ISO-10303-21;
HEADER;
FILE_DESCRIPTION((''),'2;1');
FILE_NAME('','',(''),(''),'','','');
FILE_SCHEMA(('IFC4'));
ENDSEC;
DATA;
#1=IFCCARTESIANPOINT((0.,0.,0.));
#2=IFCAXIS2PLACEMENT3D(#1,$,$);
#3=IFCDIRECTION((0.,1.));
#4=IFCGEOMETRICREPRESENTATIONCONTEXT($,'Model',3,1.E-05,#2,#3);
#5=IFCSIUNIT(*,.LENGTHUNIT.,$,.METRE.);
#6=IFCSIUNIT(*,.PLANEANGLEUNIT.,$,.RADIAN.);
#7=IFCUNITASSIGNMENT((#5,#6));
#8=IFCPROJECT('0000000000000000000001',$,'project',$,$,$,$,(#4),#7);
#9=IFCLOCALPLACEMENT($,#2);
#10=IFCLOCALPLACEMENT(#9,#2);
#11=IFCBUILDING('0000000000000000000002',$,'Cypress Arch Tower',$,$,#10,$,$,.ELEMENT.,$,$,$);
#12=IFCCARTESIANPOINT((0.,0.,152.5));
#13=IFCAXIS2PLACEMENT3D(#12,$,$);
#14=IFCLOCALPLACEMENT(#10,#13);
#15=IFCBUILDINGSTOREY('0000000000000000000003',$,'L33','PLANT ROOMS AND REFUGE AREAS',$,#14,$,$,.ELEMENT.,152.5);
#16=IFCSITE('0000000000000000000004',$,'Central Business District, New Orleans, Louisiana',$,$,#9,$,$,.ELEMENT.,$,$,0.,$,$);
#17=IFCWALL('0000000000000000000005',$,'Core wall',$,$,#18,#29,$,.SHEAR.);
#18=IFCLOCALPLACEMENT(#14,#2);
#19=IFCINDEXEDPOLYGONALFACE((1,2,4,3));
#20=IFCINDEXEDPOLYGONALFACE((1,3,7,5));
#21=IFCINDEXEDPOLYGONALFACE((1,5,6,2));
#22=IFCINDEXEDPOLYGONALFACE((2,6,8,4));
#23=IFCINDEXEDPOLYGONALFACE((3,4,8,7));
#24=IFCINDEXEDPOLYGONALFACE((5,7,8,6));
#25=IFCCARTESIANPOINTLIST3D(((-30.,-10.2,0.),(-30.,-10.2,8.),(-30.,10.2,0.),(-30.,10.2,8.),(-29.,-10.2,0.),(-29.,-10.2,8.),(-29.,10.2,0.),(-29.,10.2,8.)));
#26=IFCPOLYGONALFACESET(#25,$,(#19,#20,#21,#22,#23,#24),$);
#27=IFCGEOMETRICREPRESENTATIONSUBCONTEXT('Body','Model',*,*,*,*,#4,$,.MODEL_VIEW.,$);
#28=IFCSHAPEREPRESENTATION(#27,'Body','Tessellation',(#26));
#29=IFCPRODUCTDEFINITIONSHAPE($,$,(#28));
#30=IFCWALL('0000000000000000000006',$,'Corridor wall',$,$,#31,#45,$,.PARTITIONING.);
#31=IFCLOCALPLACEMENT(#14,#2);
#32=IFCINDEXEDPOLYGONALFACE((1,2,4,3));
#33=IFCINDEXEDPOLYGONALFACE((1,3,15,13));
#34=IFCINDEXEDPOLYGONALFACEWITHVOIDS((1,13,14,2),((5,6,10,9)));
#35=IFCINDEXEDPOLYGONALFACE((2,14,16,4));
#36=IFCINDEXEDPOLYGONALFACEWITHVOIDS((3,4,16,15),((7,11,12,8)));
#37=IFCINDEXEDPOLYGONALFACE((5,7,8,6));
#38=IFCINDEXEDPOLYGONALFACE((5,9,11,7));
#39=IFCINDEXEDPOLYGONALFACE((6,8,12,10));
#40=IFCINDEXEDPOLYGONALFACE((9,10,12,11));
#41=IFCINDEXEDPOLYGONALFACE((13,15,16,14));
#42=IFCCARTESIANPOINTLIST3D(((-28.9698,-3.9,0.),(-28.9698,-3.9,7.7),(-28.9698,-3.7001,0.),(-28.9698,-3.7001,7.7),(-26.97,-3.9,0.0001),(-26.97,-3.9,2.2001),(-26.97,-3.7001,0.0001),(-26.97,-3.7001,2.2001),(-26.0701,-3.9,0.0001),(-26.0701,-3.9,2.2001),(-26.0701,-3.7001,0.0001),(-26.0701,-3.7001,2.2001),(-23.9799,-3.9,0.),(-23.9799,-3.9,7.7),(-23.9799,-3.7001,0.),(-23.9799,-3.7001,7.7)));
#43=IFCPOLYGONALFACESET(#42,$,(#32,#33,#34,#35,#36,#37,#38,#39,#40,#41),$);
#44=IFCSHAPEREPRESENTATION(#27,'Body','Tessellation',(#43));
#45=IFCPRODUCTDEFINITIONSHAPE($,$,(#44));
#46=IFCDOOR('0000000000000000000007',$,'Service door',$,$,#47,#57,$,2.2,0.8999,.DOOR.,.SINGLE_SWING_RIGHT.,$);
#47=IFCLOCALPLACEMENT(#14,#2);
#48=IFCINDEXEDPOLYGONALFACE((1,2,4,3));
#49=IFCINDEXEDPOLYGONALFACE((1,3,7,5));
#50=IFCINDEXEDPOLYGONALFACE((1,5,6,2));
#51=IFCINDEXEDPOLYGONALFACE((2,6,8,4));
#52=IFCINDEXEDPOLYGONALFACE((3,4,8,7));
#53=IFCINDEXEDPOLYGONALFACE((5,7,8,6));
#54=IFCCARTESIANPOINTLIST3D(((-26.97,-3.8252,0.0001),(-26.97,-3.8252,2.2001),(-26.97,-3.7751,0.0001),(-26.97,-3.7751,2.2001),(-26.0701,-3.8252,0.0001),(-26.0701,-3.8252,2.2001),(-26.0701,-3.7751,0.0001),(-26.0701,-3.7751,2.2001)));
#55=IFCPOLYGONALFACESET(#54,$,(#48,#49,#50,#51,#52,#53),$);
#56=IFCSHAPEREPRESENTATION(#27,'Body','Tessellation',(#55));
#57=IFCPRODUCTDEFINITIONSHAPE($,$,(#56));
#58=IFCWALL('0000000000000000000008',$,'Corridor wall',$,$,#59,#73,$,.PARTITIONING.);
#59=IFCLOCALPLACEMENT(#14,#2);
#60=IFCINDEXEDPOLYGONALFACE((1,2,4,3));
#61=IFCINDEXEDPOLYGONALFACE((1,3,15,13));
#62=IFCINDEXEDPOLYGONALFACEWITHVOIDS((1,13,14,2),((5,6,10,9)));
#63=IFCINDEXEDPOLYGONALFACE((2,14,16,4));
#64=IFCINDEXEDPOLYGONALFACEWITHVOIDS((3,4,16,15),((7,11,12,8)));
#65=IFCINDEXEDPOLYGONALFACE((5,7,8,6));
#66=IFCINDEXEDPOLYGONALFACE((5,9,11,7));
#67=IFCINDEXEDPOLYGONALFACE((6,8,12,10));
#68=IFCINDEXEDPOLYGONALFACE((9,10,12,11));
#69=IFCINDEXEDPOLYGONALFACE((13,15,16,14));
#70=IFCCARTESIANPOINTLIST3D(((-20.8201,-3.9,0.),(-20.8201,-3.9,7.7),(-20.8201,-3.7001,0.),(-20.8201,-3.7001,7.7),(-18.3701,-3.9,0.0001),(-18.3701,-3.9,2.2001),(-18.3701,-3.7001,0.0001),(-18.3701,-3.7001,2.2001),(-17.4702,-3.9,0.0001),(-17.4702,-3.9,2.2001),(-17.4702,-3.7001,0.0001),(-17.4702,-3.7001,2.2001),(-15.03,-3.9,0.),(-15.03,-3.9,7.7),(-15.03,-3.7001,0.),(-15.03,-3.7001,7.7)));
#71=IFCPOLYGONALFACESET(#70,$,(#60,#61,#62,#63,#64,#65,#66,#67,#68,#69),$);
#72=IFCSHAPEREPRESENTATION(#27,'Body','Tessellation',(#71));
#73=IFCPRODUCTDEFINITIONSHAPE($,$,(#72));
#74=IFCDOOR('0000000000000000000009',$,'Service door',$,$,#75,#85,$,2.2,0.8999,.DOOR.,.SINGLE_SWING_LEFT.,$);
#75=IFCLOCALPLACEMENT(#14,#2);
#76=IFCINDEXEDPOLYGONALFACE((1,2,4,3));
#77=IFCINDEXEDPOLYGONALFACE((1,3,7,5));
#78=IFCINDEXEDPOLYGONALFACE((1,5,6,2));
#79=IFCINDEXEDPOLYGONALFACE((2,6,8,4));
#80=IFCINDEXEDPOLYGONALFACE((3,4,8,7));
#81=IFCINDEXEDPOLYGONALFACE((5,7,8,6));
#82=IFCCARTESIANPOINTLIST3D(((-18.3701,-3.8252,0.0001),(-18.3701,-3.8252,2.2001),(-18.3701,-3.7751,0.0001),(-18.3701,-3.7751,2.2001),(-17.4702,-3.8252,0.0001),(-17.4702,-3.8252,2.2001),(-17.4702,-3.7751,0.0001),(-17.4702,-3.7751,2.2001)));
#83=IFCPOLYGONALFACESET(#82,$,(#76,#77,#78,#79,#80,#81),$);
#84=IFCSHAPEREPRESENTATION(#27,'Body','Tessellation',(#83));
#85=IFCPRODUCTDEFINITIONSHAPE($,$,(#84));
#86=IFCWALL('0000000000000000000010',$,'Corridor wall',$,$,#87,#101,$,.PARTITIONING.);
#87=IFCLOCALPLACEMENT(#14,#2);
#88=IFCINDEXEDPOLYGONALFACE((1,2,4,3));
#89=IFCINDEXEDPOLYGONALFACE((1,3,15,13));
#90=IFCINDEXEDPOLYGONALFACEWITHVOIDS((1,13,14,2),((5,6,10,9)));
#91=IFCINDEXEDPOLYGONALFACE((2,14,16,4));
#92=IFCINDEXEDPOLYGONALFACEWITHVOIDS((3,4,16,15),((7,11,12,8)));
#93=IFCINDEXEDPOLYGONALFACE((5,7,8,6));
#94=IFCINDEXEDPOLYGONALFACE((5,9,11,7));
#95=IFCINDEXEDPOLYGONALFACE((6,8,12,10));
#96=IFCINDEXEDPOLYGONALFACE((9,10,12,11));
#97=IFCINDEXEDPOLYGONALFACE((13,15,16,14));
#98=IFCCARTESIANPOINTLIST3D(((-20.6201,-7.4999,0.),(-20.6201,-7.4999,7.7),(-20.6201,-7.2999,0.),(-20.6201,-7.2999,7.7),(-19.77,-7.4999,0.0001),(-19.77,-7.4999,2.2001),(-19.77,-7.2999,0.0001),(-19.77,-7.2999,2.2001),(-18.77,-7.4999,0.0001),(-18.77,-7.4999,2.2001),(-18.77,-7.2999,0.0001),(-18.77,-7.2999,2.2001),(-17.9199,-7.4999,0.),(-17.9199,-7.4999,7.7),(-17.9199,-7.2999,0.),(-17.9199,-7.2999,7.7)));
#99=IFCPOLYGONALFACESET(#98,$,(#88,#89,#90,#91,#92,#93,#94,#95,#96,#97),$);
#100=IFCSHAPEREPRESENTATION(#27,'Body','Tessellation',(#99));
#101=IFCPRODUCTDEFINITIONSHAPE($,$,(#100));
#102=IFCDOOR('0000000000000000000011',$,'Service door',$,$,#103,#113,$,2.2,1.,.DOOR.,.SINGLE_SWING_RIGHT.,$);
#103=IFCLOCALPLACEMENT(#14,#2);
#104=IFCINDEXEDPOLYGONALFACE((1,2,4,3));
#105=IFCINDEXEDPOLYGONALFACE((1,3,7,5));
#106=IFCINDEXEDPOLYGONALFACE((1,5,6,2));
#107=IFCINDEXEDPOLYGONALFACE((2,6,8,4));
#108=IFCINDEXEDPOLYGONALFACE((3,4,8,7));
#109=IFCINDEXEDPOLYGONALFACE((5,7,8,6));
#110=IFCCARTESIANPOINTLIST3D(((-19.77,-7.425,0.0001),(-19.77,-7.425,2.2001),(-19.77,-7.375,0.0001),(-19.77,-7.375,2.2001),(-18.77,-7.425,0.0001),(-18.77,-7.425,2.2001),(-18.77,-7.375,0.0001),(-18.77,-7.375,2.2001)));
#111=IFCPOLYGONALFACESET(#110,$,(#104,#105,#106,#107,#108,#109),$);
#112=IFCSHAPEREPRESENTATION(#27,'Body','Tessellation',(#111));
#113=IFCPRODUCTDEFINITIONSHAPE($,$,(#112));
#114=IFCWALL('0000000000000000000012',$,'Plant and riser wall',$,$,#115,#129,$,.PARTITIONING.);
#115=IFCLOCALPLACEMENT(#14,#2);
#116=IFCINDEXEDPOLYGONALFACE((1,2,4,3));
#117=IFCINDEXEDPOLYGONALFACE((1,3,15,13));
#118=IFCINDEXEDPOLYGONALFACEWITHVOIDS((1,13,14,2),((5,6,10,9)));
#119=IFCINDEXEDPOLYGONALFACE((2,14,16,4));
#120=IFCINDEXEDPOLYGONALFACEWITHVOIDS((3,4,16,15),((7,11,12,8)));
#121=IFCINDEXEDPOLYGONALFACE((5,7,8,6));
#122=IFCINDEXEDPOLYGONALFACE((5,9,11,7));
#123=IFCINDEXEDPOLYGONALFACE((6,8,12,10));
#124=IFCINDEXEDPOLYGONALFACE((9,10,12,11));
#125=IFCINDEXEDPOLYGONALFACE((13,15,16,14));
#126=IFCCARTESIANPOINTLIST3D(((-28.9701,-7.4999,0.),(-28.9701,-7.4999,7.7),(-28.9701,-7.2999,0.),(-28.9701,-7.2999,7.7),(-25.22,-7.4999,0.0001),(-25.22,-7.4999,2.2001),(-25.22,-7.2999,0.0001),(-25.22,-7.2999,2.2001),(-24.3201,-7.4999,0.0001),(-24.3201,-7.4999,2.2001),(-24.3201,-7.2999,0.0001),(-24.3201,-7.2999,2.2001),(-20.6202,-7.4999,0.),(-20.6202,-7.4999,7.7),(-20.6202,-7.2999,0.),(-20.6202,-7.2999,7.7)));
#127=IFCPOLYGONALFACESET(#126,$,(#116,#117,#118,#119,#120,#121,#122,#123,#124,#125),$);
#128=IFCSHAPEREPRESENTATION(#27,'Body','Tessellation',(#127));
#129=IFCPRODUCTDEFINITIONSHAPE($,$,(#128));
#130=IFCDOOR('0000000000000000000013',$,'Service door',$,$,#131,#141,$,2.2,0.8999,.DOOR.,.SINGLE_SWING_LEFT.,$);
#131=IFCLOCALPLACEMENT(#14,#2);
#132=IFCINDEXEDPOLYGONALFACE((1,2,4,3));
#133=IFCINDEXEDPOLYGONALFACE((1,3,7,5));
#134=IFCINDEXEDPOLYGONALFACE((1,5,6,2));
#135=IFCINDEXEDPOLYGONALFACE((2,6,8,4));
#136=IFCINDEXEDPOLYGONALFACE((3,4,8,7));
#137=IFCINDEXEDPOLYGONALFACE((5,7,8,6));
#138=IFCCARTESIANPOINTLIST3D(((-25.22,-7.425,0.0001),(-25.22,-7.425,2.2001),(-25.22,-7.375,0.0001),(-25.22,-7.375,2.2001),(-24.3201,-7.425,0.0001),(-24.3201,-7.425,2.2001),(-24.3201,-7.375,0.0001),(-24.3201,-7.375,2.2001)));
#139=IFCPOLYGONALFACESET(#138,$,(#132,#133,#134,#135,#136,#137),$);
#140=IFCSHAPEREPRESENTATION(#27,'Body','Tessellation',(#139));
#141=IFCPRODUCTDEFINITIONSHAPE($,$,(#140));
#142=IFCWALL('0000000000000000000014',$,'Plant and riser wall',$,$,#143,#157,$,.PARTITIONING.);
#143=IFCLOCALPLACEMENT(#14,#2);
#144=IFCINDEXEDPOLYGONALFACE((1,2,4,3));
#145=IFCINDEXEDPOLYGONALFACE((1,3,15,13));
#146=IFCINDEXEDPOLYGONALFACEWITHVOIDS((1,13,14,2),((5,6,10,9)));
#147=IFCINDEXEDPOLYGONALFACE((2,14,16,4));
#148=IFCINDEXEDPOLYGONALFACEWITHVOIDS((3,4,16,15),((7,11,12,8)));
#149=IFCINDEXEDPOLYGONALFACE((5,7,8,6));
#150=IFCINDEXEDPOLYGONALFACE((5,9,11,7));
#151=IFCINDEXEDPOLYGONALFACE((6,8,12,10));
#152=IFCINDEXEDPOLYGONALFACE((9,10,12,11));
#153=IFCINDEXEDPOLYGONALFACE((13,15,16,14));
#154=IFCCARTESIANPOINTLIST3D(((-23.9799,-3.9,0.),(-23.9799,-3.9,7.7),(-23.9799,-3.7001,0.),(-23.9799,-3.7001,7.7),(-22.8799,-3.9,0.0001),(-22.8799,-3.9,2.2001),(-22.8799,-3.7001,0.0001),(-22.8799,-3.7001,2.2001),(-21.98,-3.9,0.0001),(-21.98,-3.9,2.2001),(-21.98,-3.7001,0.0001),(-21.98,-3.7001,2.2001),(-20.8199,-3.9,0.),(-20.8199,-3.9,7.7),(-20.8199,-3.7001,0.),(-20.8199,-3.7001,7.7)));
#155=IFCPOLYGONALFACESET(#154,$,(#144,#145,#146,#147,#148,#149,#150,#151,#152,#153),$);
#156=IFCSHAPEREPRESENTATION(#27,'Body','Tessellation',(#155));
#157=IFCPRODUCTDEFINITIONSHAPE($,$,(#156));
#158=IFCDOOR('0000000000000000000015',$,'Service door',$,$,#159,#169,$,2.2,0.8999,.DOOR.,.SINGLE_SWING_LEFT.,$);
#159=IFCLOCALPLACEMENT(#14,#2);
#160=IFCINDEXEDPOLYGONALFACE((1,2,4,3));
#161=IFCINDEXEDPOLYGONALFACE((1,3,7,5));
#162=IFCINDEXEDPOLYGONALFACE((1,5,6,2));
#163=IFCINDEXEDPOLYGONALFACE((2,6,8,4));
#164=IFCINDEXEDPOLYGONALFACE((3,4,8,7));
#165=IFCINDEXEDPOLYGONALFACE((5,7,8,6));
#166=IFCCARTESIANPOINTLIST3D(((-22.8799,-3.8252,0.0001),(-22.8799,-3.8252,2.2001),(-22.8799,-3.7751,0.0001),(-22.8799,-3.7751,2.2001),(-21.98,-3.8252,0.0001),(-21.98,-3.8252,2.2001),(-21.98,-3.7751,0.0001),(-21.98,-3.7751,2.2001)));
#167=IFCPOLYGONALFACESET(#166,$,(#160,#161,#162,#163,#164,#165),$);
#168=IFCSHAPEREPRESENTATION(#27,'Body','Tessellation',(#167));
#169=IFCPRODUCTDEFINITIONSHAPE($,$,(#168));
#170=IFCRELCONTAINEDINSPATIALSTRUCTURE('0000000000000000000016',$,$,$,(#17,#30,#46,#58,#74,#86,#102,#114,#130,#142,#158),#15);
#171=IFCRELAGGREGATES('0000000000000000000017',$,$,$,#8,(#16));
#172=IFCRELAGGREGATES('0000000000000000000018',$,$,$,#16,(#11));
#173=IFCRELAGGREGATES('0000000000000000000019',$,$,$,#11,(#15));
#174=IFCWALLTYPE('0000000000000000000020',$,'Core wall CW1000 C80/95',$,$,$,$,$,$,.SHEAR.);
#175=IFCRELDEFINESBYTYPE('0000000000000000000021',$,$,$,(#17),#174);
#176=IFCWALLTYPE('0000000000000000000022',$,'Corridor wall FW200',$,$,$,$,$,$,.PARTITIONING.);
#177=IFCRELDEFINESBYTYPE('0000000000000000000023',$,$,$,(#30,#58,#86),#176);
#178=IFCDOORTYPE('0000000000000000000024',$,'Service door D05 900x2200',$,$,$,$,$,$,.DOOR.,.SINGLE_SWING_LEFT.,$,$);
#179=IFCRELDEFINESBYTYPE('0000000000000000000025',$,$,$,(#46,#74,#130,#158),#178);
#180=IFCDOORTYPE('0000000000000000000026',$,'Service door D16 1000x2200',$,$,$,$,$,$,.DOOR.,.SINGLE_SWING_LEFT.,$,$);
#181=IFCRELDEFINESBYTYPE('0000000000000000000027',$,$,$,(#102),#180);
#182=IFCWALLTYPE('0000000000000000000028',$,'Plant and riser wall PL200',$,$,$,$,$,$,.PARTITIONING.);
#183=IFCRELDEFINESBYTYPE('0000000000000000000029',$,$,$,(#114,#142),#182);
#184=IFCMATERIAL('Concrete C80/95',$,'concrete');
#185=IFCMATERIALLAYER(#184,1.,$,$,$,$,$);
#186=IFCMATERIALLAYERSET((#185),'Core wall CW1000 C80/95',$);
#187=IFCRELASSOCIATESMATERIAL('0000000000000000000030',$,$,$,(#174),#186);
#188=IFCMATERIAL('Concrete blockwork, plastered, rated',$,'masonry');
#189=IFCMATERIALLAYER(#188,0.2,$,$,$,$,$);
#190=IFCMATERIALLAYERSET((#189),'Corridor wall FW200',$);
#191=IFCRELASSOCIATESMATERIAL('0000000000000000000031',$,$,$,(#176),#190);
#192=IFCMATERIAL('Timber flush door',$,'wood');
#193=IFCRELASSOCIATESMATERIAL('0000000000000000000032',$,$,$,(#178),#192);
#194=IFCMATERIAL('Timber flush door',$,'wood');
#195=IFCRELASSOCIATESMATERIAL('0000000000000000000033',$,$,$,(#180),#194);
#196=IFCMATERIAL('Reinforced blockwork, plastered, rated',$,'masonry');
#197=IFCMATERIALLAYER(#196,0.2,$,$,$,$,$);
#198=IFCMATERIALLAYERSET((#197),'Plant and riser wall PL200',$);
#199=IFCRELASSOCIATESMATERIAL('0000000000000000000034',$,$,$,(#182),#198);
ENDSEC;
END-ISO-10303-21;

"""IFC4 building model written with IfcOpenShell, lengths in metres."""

from ifc_helpers import new_model, si_unit, direction, frame, frame_2d, origin, place, context, subcontext, project, spatial, rectangle, extrude, material, layer, layer_set, type_object, element, fill, save


model = new_model("IFC4")

# Units and contexts
model_context = context("Model", 3, precision=1e-05, world=origin(), true_north=direction((0.0, 1.0)))
body_context = subcontext(model_context, "Body", "Model", "MODEL_VIEW")
ifc_project = project(units=[si_unit("LENGTHUNIT", "METRE"), si_unit("PLANEANGLEUNIT", "RADIAN")], contexts=[model_context])

# Site, building, storey
site_placement = place(None, origin())
site = spatial("IfcSite", under=ifc_project, at=site_placement, Name="Central Business District, New Orleans, Louisiana", CompositionType="ELEMENT", RefElevation=0.0)
building_placement = place(site_placement, origin())
building = spatial("IfcBuilding", under=site, at=building_placement, Name="Cypress Arch Tower", CompositionType="ELEMENT")
storey_placement = place(building_placement, frame((0.0, 0.0, 152.5)))
storey = spatial("IfcBuildingStorey", under=building, at=storey_placement, Name="L33", Description="PLANT ROOMS AND REFUGE AREAS", CompositionType="ELEMENT", Elevation=152.5)

# Wall
ifc_material_1 = material(Name="Concrete C80/95", Category="concrete")
ifc_layer_1 = layer(ifc_material_1, 1.0)
ifc_layer_set_1 = layer_set([ifc_layer_1], Name="Core wall CW1000 C80/95")
wall_type_1 = type_object("IfcWallType", Name="Core wall CW1000 C80/95", PredefinedType="SHEAR", material=ifc_layer_set_1)
wall_1_placement = place(storey_placement, frame((-29.5, -10.2, 0.0), z_axis=(0.0, 0.0, 1.0), x_axis=(0.0, 1.0, 0.0)))
element("IfcWall", 1, at=wall_1_placement, inside=storey, type_object=wall_type_1, Name="Core wall", PredefinedType="SHEAR", context=body_context, shape_type="SweptSolid", body=[
    extrude(rectangle(XDim=20.3999, YDim=1.0, at=frame_2d((10.2, 0.0))), origin(), (0.0, 0.0, 1.0), 8.0),
])

# Walls, openings, doors
ifc_material_2 = material(Name="Concrete blockwork, plastered, rated", Category="masonry")
ifc_layer_2 = layer(ifc_material_2, 0.2)
ifc_layer_set_2 = layer_set([ifc_layer_2], Name="Corridor wall FW200")
wall_type_2 = type_object("IfcWallType", Name="Corridor wall FW200", PredefinedType="PARTITIONING", material=ifc_layer_set_2)
wall_2_placement = place(storey_placement, frame((-28.97, -3.8, 0.0), z_axis=(0.0, 0.0, 1.0), x_axis=(1.0, 0.0, 0.0)))
wall_2 = element("IfcWall", 2, at=wall_2_placement, inside=storey, type_object=wall_type_2, Name="Corridor wall", PredefinedType="PARTITIONING", context=body_context, shape_type="SweptSolid", body=[
    extrude(rectangle(XDim=4.99, YDim=0.2, at=frame_2d((2.4951, 0.0))), origin(), (0.0, 0.0, 1.0), 7.7),
])
opening_1_placement = place(wall_2_placement, frame((2.0, 0.0, 0.0)))
opening_1 = element("IfcOpeningElement", 3, at=opening_1_placement, cuts=wall_2, PredefinedType="OPENING", context=body_context, shape_type="SweptSolid", body=[
    extrude(rectangle(XDim=0.8999, YDim=2.2, at=frame_2d((0.45, 1.1001))), frame((0.0, 0.1099, 0.0), z_axis=(0.0, -1.0, 0.0), x_axis=(1.0, 0.0, 0.0)), (0.0, 0.0, 1.0), 0.22),
])
ifc_material_3 = material(Name="Timber flush door", Category="wood")
door_type_1 = type_object("IfcDoorType", Name="Service door D05 900x2200", OperationType="SINGLE_SWING_LEFT", PredefinedType="DOOR", material=ifc_material_3)
door_1_placement = place(opening_1_placement, origin())
door_1 = element("IfcDoor", 4, at=door_1_placement, inside=storey, type_object=door_type_1, Name="Service door", OperationType="SINGLE_SWING_RIGHT", OverallHeight=2.2, OverallWidth=0.8999, PredefinedType="DOOR", context=body_context, shape_type="SweptSolid", body=[
    extrude(rectangle(XDim=0.8999, YDim=2.2, at=frame_2d((0.45, 1.1001))), frame((0.0, 0.0249, 0.0), z_axis=(0.0, -1.0, 0.0), x_axis=(1.0, 0.0, 0.0)), (0.0, 0.0, 1.0), 0.05),
])
fill(opening_1, door_1)
wall_3_placement = place(storey_placement, frame((-20.8201, -3.8, 0.0), z_axis=(0.0, 0.0, 1.0), x_axis=(1.0, 0.0, 0.0)))
wall_3 = element("IfcWall", 5, at=wall_3_placement, inside=storey, type_object=wall_type_2, Name="Corridor wall", PredefinedType="PARTITIONING", context=body_context, shape_type="SweptSolid", body=[
    extrude(rectangle(XDim=5.79, YDim=0.2, at=frame_2d((2.895, 0.0))), origin(), (0.0, 0.0, 1.0), 7.7),
])
opening_2_placement = place(wall_3_placement, frame((2.45, 0.0, 0.0)))
opening_2 = element("IfcOpeningElement", 6, at=opening_2_placement, cuts=wall_3, PredefinedType="OPENING", context=body_context, shape_type="SweptSolid", body=[
    extrude(rectangle(XDim=0.8999, YDim=2.2, at=frame_2d((0.45, 1.1001))), frame((0.0, 0.1099, 0.0), z_axis=(0.0, -1.0, 0.0), x_axis=(1.0, 0.0, 0.0)), (0.0, 0.0, 1.0), 0.22),
])
door_2_placement = place(opening_2_placement, origin())
door_2 = element("IfcDoor", 7, at=door_2_placement, inside=storey, type_object=door_type_1, Name="Service door", OperationType="SINGLE_SWING_LEFT", OverallHeight=2.2, OverallWidth=0.8999, PredefinedType="DOOR", context=body_context, shape_type="SweptSolid", body=[
    extrude(rectangle(XDim=0.8999, YDim=2.2, at=frame_2d((0.45, 1.1001))), frame((0.0, 0.0249, 0.0), z_axis=(0.0, -1.0, 0.0), x_axis=(1.0, 0.0, 0.0)), (0.0, 0.0, 1.0), 0.05),
])
fill(opening_2, door_2)
wall_4_placement = place(storey_placement, frame((-20.6201, -7.3999, 0.0), z_axis=(0.0, 0.0, 1.0), x_axis=(1.0, 0.0, 0.0)))
wall_4 = element("IfcWall", 8, at=wall_4_placement, inside=storey, type_object=wall_type_2, Name="Corridor wall", PredefinedType="PARTITIONING", context=body_context, shape_type="SweptSolid", body=[
    extrude(rectangle(XDim=2.7002, YDim=0.2, at=frame_2d((1.3501, 0.0))), origin(), (0.0, 0.0, 1.0), 7.7),
])
opening_3_placement = place(wall_4_placement, frame((0.8501, 0.0, 0.0)))
opening_3 = element("IfcOpeningElement", 9, at=opening_3_placement, cuts=wall_4, PredefinedType="OPENING", context=body_context, shape_type="SweptSolid", body=[
    extrude(rectangle(XDim=1.0, YDim=2.2, at=frame_2d((0.5, 1.1001))), frame((0.0, 0.1099, 0.0), z_axis=(0.0, -1.0, 0.0), x_axis=(1.0, 0.0, 0.0)), (0.0, 0.0, 1.0), 0.22),
])
ifc_material_4 = material(Name="Timber flush door", Category="wood")
door_type_2 = type_object("IfcDoorType", Name="Service door D16 1000x2200", OperationType="SINGLE_SWING_LEFT", PredefinedType="DOOR", material=ifc_material_4)
door_3_placement = place(opening_3_placement, origin())
door_3 = element("IfcDoor", 10, at=door_3_placement, inside=storey, type_object=door_type_2, Name="Service door", OperationType="SINGLE_SWING_RIGHT", OverallHeight=2.2, OverallWidth=1.0, PredefinedType="DOOR", context=body_context, shape_type="SweptSolid", body=[
    extrude(rectangle(XDim=1.0, YDim=2.2, at=frame_2d((0.5, 1.1001))), frame((0.0, 0.0249, 0.0), z_axis=(0.0, -1.0, 0.0), x_axis=(1.0, 0.0, 0.0)), (0.0, 0.0, 1.0), 0.05),
])
fill(opening_3, door_3)
ifc_material_5 = material(Name="Reinforced blockwork, plastered, rated", Category="masonry")
ifc_layer_3 = layer(ifc_material_5, 0.2)
ifc_layer_set_3 = layer_set([ifc_layer_3], Name="Plant and riser wall PL200")
wall_type_3 = type_object("IfcWallType", Name="Plant and riser wall PL200", PredefinedType="PARTITIONING", material=ifc_layer_set_3)
wall_5_placement = place(storey_placement, frame((-28.97, -7.3999, 0.0), z_axis=(0.0, 0.0, 1.0), x_axis=(1.0, 0.0, 0.0)))
wall_5 = element("IfcWall", 11, at=wall_5_placement, inside=storey, type_object=wall_type_3, Name="Plant and riser wall", PredefinedType="PARTITIONING", context=body_context, shape_type="SweptSolid", body=[
    extrude(rectangle(XDim=8.3499, YDim=0.2, at=frame_2d((4.1748, 0.0))), origin(), (0.0, 0.0, 1.0), 7.7),
])
opening_4_placement = place(wall_5_placement, frame((3.75, 0.0, 0.0)))
opening_4 = element("IfcOpeningElement", 12, at=opening_4_placement, cuts=wall_5, PredefinedType="OPENING", context=body_context, shape_type="SweptSolid", body=[
    extrude(rectangle(XDim=0.8999, YDim=2.2, at=frame_2d((0.45, 1.1001))), frame((0.0, 0.1099, 0.0), z_axis=(0.0, -1.0, 0.0), x_axis=(1.0, 0.0, 0.0)), (0.0, 0.0, 1.0), 0.22),
])
door_4_placement = place(opening_4_placement, origin())
door_4 = element("IfcDoor", 13, at=door_4_placement, inside=storey, type_object=door_type_1, Name="Service door", OperationType="SINGLE_SWING_LEFT", OverallHeight=2.2, OverallWidth=0.8999, PredefinedType="DOOR", context=body_context, shape_type="SweptSolid", body=[
    extrude(rectangle(XDim=0.8999, YDim=2.2, at=frame_2d((0.45, 1.1001))), frame((0.0, 0.0249, 0.0), z_axis=(0.0, -1.0, 0.0), x_axis=(1.0, 0.0, 0.0)), (0.0, 0.0, 1.0), 0.05),
])
fill(opening_4, door_4)
wall_6_placement = place(storey_placement, frame((-23.98, -3.8, 0.0), z_axis=(0.0, 0.0, 1.0), x_axis=(1.0, 0.0, 0.0)))
wall_6 = element("IfcWall", 14, at=wall_6_placement, inside=storey, type_object=wall_type_3, Name="Plant and riser wall", PredefinedType="PARTITIONING", context=body_context, shape_type="SweptSolid", body=[
    extrude(rectangle(XDim=3.1599, YDim=0.2, at=frame_2d((1.5801, 0.0))), origin(), (0.0, 0.0, 1.0), 7.7),
])
opening_5_placement = place(wall_6_placement, frame((1.1001, 0.0, 0.0)))
opening_5 = element("IfcOpeningElement", 15, at=opening_5_placement, cuts=wall_6, PredefinedType="OPENING", context=body_context, shape_type="SweptSolid", body=[
    extrude(rectangle(XDim=0.8999, YDim=2.2, at=frame_2d((0.45, 1.1001))), frame((0.0, 0.1099, 0.0), z_axis=(0.0, -1.0, 0.0), x_axis=(1.0, 0.0, 0.0)), (0.0, 0.0, 1.0), 0.22),
])
door_5_placement = place(opening_5_placement, origin())
door_5 = element("IfcDoor", 16, at=door_5_placement, inside=storey, type_object=door_type_1, Name="Service door", OperationType="SINGLE_SWING_LEFT", OverallHeight=2.2, OverallWidth=0.8999, PredefinedType="DOOR", context=body_context, shape_type="SweptSolid", body=[
    extrude(rectangle(XDim=0.8999, YDim=2.2, at=frame_2d((0.45, 1.1001))), frame((0.0, 0.0249, 0.0), z_axis=(0.0, -1.0, 0.0), x_axis=(1.0, 0.0, 0.0)), (0.0, 0.0, 1.0), 0.05),
])
fill(opening_5, door_5)

save(model, "model.ifc")
